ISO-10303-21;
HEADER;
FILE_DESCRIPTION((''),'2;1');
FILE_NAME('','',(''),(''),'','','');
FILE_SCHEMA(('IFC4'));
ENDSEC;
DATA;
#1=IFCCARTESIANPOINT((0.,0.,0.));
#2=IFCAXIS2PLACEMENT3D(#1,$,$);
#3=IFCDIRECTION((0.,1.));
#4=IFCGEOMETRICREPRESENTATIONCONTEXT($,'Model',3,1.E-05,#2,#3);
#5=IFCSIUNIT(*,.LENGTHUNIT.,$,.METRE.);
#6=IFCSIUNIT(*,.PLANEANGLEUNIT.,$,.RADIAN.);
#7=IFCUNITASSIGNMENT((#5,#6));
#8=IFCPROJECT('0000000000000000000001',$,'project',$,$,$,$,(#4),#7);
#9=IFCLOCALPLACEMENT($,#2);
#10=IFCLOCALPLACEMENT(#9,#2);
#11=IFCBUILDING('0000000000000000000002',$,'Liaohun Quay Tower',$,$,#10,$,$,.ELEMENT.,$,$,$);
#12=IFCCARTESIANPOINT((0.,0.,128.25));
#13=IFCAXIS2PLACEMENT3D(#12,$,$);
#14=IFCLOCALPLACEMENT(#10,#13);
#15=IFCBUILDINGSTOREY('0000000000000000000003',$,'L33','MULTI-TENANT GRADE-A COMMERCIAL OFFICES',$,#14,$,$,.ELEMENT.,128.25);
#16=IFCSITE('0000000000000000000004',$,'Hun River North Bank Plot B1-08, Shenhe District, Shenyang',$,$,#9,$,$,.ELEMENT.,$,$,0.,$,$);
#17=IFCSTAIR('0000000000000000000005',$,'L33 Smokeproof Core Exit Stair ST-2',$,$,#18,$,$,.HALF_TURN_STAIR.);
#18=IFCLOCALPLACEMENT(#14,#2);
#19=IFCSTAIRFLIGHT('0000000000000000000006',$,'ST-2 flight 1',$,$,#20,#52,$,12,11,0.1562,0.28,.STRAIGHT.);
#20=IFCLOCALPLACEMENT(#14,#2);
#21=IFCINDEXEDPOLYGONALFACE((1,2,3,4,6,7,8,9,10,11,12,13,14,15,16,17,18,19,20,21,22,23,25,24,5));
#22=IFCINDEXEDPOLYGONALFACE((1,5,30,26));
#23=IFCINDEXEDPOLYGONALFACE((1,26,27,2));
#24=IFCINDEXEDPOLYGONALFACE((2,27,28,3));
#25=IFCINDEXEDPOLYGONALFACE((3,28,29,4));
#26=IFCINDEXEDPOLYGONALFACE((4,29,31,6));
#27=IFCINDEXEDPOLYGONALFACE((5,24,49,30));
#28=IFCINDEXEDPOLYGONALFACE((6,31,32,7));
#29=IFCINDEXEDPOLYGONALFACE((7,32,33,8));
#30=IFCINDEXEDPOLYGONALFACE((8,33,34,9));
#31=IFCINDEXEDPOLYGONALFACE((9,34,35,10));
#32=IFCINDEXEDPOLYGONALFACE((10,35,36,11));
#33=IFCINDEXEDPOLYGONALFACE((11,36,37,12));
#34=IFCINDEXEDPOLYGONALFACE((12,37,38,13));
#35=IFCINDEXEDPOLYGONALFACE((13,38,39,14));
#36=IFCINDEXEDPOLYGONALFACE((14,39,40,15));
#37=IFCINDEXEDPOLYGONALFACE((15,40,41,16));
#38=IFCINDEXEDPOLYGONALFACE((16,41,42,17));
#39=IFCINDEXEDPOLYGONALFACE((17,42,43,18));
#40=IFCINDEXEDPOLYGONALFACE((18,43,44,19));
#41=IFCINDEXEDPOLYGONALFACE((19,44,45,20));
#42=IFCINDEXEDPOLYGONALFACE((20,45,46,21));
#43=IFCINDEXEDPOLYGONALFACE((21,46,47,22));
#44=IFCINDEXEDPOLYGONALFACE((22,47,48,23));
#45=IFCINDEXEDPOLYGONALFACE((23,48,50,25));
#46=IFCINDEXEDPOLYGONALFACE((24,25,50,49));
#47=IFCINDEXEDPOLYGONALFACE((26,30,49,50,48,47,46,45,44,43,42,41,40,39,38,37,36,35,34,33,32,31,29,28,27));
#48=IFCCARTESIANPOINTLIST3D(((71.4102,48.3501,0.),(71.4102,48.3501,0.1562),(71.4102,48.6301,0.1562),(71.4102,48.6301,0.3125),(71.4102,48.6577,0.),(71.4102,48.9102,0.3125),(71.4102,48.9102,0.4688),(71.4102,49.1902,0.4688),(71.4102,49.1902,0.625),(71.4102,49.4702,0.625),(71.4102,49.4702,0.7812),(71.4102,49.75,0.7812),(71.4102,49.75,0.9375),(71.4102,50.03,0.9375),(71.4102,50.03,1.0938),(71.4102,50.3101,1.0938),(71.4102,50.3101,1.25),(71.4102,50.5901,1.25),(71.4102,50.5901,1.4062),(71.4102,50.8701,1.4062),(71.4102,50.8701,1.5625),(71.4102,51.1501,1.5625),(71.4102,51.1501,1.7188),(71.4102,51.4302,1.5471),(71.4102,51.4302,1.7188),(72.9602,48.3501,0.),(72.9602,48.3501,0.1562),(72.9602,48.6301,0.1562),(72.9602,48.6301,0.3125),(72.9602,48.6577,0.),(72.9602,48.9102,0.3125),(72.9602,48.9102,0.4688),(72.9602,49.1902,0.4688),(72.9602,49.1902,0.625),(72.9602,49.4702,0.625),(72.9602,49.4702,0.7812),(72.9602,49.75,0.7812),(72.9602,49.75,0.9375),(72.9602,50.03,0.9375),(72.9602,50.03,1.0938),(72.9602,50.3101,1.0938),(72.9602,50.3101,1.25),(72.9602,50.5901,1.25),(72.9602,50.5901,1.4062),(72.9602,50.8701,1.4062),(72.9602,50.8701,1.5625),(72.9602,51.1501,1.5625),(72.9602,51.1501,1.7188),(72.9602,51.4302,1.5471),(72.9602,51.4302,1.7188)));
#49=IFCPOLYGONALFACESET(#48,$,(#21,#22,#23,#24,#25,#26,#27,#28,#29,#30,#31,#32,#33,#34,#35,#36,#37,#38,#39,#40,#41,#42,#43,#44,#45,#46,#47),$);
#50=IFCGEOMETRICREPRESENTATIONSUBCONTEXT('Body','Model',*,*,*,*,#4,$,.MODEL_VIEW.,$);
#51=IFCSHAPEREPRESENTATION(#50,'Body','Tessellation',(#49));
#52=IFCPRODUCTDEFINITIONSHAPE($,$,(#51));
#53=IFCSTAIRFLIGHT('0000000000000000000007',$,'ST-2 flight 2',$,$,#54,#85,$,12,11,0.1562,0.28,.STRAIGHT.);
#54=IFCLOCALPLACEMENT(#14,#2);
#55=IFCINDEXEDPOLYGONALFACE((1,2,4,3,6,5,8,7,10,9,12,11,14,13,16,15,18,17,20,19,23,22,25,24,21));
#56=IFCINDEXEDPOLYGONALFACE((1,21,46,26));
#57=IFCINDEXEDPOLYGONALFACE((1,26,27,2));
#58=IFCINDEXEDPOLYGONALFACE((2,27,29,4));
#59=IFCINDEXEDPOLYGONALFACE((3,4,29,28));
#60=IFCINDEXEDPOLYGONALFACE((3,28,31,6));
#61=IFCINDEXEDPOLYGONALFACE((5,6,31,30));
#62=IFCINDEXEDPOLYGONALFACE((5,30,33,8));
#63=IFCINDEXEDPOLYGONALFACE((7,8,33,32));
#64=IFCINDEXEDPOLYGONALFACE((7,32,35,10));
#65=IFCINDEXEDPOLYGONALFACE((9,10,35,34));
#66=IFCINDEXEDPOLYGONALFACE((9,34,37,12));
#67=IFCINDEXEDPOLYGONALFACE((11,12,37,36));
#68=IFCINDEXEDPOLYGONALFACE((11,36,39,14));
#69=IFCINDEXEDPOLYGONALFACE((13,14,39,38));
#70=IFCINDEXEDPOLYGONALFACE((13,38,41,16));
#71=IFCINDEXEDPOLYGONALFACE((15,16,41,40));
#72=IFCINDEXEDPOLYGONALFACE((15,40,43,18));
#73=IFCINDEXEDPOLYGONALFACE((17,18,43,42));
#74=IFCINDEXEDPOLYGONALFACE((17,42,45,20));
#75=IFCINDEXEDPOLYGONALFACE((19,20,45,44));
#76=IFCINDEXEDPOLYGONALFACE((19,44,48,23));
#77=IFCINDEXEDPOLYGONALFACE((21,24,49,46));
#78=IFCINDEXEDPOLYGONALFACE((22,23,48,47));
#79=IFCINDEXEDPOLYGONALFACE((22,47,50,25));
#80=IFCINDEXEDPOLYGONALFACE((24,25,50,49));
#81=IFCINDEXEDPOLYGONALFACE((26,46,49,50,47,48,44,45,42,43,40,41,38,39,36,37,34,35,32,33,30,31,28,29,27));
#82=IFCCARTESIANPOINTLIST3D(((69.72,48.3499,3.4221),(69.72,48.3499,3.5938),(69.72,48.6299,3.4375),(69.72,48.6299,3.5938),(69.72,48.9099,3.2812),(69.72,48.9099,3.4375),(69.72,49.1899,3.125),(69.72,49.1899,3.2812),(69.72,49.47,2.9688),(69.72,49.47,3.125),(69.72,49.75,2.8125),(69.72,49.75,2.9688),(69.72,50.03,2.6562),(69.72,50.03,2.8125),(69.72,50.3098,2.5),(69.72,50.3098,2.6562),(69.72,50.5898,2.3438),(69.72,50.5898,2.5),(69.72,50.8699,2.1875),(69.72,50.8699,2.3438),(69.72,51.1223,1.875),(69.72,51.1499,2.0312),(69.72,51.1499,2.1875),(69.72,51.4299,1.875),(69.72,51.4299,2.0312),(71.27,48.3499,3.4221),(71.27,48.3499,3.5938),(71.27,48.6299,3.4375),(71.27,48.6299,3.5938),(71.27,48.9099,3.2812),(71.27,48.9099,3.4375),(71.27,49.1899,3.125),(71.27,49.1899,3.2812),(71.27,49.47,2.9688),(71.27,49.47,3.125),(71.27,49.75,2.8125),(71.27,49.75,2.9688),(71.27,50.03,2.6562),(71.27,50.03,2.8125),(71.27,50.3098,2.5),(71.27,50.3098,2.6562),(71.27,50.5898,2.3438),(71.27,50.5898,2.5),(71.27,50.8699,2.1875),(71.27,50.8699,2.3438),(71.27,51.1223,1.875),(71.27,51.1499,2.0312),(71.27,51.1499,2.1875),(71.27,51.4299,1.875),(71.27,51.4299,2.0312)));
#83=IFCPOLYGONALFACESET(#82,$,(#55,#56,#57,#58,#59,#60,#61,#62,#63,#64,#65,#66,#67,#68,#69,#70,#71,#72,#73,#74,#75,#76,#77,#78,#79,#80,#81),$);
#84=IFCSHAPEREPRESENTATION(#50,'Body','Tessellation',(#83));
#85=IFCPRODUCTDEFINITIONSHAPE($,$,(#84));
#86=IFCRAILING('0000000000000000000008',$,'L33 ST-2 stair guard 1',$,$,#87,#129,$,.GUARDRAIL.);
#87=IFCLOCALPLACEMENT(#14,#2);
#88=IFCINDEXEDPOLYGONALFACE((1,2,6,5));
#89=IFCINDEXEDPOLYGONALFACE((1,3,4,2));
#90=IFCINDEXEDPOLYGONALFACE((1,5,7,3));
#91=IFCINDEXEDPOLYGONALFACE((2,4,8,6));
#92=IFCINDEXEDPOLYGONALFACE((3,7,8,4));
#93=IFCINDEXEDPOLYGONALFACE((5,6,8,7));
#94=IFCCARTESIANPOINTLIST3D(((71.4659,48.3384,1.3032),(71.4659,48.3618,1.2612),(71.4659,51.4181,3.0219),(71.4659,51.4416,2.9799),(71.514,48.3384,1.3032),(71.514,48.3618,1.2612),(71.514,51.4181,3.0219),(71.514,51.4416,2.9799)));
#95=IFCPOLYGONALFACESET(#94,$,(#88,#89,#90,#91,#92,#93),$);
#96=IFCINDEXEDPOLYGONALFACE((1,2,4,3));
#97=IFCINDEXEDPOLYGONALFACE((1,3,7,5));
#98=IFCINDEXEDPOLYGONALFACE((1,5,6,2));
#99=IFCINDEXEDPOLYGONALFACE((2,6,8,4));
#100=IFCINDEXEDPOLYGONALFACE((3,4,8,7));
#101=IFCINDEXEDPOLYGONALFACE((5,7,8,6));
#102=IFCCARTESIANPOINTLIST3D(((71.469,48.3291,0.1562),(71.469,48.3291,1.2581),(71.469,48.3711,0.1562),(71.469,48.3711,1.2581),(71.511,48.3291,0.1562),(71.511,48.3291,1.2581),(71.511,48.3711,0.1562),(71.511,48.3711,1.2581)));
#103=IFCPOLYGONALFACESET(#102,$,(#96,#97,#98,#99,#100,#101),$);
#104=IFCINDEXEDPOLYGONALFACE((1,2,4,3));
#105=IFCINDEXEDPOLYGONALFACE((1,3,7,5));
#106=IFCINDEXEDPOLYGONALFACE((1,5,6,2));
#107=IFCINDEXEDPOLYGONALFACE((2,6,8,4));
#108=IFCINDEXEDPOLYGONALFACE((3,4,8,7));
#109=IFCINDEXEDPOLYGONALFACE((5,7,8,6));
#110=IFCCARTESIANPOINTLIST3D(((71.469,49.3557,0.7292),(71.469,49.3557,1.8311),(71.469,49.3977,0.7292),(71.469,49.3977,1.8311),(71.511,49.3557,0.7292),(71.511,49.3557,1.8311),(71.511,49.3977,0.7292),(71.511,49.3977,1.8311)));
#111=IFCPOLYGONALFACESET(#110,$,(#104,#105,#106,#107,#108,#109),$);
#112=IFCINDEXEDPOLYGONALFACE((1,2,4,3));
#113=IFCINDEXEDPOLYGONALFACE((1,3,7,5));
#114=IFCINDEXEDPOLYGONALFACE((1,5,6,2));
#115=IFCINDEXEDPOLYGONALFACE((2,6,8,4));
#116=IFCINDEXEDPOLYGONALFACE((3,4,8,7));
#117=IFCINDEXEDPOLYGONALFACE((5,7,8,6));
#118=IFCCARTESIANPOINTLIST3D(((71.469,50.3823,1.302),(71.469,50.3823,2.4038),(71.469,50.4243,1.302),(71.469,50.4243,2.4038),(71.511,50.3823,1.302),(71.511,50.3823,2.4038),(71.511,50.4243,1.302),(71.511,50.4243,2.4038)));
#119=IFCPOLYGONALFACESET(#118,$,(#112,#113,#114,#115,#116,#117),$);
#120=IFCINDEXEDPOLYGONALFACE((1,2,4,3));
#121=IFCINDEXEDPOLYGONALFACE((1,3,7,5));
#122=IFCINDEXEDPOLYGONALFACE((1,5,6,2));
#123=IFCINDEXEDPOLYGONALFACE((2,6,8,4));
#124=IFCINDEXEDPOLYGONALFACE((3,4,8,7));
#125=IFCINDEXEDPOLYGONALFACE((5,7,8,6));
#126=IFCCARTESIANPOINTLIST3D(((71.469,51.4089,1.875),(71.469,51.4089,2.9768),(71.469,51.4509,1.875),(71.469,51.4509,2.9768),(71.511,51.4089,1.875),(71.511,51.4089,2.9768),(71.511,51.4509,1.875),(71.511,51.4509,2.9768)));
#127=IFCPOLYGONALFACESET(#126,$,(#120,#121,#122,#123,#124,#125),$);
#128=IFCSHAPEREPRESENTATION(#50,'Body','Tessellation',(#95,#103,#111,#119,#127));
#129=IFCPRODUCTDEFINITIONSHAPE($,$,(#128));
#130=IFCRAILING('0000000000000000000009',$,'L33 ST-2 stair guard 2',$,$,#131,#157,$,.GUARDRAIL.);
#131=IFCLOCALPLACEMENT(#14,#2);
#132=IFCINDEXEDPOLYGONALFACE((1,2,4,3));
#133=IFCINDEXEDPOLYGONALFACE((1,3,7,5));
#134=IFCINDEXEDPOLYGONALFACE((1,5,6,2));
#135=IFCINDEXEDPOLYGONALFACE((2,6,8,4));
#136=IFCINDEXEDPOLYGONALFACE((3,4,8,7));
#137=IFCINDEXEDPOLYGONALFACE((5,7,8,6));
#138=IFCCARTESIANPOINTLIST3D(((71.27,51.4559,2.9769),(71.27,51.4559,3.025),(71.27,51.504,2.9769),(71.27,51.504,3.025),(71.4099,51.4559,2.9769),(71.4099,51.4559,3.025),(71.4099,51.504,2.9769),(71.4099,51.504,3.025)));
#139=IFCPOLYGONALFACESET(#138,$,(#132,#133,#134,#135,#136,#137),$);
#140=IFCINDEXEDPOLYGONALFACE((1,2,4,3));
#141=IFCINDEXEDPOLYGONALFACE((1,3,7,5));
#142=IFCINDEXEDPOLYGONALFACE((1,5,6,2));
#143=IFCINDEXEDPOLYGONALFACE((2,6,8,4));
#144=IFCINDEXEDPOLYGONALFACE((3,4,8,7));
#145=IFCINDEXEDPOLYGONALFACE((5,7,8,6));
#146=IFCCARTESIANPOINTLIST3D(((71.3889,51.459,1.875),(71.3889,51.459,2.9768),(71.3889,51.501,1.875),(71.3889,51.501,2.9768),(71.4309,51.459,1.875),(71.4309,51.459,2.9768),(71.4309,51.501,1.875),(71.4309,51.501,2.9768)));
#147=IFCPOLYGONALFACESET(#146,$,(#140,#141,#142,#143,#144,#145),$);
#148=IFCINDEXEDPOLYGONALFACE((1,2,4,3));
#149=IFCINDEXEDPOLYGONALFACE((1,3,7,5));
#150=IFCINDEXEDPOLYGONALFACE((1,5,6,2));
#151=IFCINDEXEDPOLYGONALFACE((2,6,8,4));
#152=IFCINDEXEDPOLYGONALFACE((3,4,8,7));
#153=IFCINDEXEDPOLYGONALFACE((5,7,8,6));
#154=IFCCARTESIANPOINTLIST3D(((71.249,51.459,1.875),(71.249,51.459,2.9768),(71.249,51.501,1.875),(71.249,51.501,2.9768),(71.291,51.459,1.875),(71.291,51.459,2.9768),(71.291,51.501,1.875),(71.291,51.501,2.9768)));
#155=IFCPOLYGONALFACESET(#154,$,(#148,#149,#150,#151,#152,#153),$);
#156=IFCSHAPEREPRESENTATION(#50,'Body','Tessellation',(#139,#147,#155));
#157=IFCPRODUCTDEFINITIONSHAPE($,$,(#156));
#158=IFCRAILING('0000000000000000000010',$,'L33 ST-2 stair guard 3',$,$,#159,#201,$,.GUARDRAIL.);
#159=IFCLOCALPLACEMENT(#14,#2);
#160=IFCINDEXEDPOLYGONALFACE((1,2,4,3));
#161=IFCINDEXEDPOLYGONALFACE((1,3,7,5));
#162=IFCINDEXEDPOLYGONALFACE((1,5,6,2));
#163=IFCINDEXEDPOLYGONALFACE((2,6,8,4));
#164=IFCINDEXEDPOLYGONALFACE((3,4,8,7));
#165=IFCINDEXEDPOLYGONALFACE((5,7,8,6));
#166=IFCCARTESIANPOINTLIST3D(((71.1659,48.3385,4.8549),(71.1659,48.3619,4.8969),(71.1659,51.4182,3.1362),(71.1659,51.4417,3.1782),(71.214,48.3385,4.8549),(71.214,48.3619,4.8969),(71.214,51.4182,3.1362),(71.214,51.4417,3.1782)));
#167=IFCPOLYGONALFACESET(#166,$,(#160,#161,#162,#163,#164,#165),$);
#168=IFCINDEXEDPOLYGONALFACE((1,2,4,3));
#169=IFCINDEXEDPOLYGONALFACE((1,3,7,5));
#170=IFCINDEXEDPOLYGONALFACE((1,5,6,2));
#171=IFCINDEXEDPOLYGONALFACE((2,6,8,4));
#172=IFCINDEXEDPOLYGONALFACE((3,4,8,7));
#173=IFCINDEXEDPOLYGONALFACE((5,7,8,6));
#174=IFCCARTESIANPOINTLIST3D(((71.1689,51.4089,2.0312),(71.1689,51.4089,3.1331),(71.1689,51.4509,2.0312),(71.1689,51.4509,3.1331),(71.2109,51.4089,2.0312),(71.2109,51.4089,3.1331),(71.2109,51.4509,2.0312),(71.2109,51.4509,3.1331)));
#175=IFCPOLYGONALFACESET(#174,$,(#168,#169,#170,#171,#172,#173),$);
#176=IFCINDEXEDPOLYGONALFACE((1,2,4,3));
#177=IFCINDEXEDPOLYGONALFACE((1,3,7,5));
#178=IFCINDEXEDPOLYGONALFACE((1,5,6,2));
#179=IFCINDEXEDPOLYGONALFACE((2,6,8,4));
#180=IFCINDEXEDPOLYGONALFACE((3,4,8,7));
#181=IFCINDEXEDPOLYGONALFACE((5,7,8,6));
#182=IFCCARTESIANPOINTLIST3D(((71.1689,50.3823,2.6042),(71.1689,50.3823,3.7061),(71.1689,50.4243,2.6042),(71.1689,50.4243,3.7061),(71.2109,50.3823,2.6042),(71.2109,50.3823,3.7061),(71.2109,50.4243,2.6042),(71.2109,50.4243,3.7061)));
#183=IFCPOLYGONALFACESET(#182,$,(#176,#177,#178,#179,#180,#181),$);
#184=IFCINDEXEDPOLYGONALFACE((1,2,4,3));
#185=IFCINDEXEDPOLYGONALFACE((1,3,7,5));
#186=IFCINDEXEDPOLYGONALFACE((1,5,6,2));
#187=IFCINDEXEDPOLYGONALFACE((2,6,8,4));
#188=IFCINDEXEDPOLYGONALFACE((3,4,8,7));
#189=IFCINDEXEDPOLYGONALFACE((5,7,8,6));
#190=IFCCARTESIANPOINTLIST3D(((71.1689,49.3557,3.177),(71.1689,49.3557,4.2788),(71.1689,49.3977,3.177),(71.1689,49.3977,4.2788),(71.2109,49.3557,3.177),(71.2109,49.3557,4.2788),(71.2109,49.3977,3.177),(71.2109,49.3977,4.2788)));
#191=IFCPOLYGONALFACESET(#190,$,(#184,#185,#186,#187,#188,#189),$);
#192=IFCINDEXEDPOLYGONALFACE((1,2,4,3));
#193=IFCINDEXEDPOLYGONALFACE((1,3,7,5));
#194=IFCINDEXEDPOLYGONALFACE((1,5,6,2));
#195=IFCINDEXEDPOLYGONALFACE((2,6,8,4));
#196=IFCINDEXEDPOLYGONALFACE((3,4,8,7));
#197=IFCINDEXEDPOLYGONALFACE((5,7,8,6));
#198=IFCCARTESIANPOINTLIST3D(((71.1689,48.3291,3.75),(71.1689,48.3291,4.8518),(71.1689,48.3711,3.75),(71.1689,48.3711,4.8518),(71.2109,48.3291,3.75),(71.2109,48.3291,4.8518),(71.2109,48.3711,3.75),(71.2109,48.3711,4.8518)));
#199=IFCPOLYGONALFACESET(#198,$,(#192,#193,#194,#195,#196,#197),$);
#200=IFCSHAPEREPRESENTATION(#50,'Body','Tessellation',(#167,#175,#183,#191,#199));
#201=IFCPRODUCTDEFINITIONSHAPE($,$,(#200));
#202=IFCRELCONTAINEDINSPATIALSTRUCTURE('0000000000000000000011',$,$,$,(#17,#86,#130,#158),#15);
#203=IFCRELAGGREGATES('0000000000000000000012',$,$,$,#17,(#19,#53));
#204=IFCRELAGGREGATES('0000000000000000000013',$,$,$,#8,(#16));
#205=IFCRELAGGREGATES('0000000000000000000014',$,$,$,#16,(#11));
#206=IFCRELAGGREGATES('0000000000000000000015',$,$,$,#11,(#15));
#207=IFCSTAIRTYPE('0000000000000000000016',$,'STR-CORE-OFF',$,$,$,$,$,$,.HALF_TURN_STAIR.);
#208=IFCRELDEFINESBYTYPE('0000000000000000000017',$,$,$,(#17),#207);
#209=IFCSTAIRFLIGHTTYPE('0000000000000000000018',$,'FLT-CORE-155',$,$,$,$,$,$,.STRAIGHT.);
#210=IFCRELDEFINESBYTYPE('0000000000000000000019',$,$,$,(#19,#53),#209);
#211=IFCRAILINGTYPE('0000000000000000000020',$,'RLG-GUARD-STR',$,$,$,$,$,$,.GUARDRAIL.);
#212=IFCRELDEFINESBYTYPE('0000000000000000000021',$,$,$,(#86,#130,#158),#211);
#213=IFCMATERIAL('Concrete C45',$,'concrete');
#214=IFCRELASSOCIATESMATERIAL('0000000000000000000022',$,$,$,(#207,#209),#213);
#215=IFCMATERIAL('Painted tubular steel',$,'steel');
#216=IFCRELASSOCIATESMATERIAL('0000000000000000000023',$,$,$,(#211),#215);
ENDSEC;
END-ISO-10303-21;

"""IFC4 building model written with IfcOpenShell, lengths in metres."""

from ifc_helpers import new_model, si_unit, direction, frame, origin, origin_2d, place, context, subcontext, project, spatial, polyline, rectangle, outline, extrude, material, type_object, element, aggregate, save


model = new_model("IFC4")

# Units and contexts
model_context = context("Model", 3, precision=1e-05, world=origin(), true_north=direction((0.0, 1.0)))
body_context = subcontext(model_context, "Body", "Model", "MODEL_VIEW")
ifc_project = project(units=[si_unit("LENGTHUNIT", "METRE"), si_unit("PLANEANGLEUNIT", "RADIAN")], contexts=[model_context])

# Site, building, storey
site_placement = place(None, origin())
site = spatial("IfcSite", under=ifc_project, at=site_placement, Name="Hun River North Bank Plot B1-08, Shenhe District, Shenyang", CompositionType="ELEMENT", RefElevation=0.0)
building_placement = place(site_placement, origin())
building = spatial("IfcBuilding", under=site, at=building_placement, Name="Liaohun Quay Tower", CompositionType="ELEMENT")
storey_placement = place(building_placement, frame((0.0, 0.0, 128.25)))
storey = spatial("IfcBuildingStorey", under=building, at=storey_placement, Name="L33", Description="MULTI-TENANT GRADE-A COMMERCIAL OFFICES", CompositionType="ELEMENT", Elevation=128.25)

# Stair, stair flights
ifc_material_1 = material(Name="Concrete C45", Category="concrete")
stair_type = type_object("IfcStairType", Name="STR-CORE-OFF", PredefinedType="HALF_TURN_STAIR", material=ifc_material_1)
stair_placement = place(storey_placement, origin())
stair = element("IfcStair", 1, at=stair_placement, inside=storey, type_object=stair_type, Name="L33 Smokeproof Core Exit Stair ST-2", PredefinedType="HALF_TURN_STAIR")
stair_flight_type = type_object("IfcStairFlightType", Name="FLT-CORE-155", PredefinedType="STRAIGHT", material=ifc_material_1)
stair_flight_1_placement = place(storey_placement, frame((72.1851, 48.3501, 0.0), z_axis=(0.0, 0.0, 1.0), x_axis=(0.0, 1.0, 0.0)))
stair_flight_1 = element("IfcStairFlight", 2, at=stair_flight_1_placement, type_object=stair_flight_type, Name="ST-2 flight 1", NumberOfRisers=12, NumberOfTreads=11, PredefinedType="STRAIGHT", RiserHeight=0.1562, TreadLength=0.28, context=body_context, shape_type="SweptSolid", body=[
    extrude(outline(polyline([(0.0, 0.0), (0.0, 0.1562), (0.28, 0.1562), (0.28, 0.3125), (0.5601, 0.3125), (0.5601, 0.4688), (0.8401, 0.4688), (0.8401, 0.625), (1.1201, 0.625), (1.1201, 0.7812), (1.3999, 0.7812), (1.3999, 0.9375), (1.6799, 0.9375), (1.6799, 1.0938), (1.96, 1.0938), (1.96, 1.25), (2.24, 1.25), (2.24, 1.4062), (2.52, 1.4062), (2.52, 1.5625), (2.8, 1.5625), (2.8, 1.7188), (3.0801, 1.7188), (3.0801, 1.875), (3.0801, 1.5471), (0.3076, 0.0), (0.0, 0.0)])), frame((0.0, 0.7749, 0.0), z_axis=(0.0, -1.0, 0.0), x_axis=(1.0, 0.0, 0.0)), (0.0, 0.0, 1.0), 1.55),
])
stair_flight_2_placement = place(storey_placement, frame((70.4951, 51.4299, 1.875), z_axis=(0.0, 0.0, 1.0), x_axis=(0.0, -1.0, 0.0)))
stair_flight_2 = element("IfcStairFlight", 3, at=stair_flight_2_placement, type_object=stair_flight_type, Name="ST-2 flight 2", NumberOfRisers=12, NumberOfTreads=11, PredefinedType="STRAIGHT", RiserHeight=0.1562, TreadLength=0.28, context=body_context, shape_type="SweptSolid", body=[
    extrude(outline(polyline([(0.0, 0.0), (0.0, 0.1562), (0.28, 0.1562), (0.28, 0.3125), (0.5601, 0.3125), (0.5601, 0.4688), (0.8401, 0.4688), (0.8401, 0.625), (1.1201, 0.625), (1.1201, 0.7812), (1.3999, 0.7812), (1.3999, 0.9375), (1.6799, 0.9375), (1.6799, 1.0938), (1.96, 1.0938), (1.96, 1.25), (2.24, 1.25), (2.24, 1.4062), (2.52, 1.4062), (2.52, 1.5625), (2.8, 1.5625), (2.8, 1.7188), (3.0801, 1.7188), (3.0801, 1.875), (3.0801, 1.5471), (0.3076, 0.0), (0.0, 0.0)])), frame((0.0, 0.7749, 0.0), z_axis=(0.0, -1.0, 0.0), x_axis=(1.0, 0.0, 0.0)), (0.0, 0.0, 1.0), 1.55),
])
aggregate(stair, [stair_flight_1, stair_flight_2])

# Railings
ifc_material_2 = material(Name="Painted tubular steel", Category="steel")
railing_type_1 = type_object("IfcRailingType", Name="RLG-GUARD-STR", PredefinedType="GUARDRAIL", material=ifc_material_2)
railing_1_placement = place(storey_placement, frame((71.49, 48.3501, 0.1562)))
element("IfcRailing", 4, at=railing_1_placement, inside=storey, type_object=railing_type_1, Name="L33 ST-2 stair guard 1", PredefinedType="GUARDRAIL", context=body_context, shape_type="SweptSolid", body=[
    extrude(rectangle(XDim=0.0481, YDim=0.0481, at=origin_2d()), frame((0.0, 0.0, 1.126), z_axis=(0.0, 0.873225, 0.487317), x_axis=(-1.0, 0.0, 0.0)), (0.0, 0.0, 1.0), 3.5269),
    extrude(rectangle(XDim=0.042, YDim=0.042, at=origin_2d()), origin(), (0.0, 0.0, 1.0), 1.1018),
    extrude(rectangle(XDim=0.042, YDim=0.042, at=origin_2d()), frame((0.0, 1.0266, 0.573)), (0.0, 0.0, 1.0), 1.1018),
    extrude(rectangle(XDim=0.042, YDim=0.042, at=origin_2d()), frame((0.0, 2.0532, 1.1458)), (0.0, 0.0, 1.0), 1.1018),
    extrude(rectangle(XDim=0.042, YDim=0.042, at=origin_2d()), frame((0.0, 3.0798, 1.7188)), (0.0, 0.0, 1.0), 1.1018),
])
railing_2_placement = place(storey_placement, frame((71.4099, 51.48, 1.875)))
element("IfcRailing", 5, at=railing_2_placement, inside=storey, type_object=railing_type_1, Name="L33 ST-2 stair guard 2", PredefinedType="GUARDRAIL", context=body_context, shape_type="SweptSolid", body=[
    extrude(rectangle(XDim=0.0481, YDim=0.0481, at=origin_2d()), frame((0.0, 0.0, 1.126), z_axis=(-1.0, 0.0, 0.0), x_axis=(0.0, -1.0, 0.0)), (0.0, 0.0, 1.0), 0.1399),
    extrude(rectangle(XDim=0.042, YDim=0.042, at=origin_2d()), origin(), (0.0, 0.0, 1.0), 1.1018),
    extrude(rectangle(XDim=0.042, YDim=0.042, at=origin_2d()), frame((-0.1399, 0.0, 0.0)), (0.0, 0.0, 1.0), 1.1018),
])
railing_3_placement = place(storey_placement, frame((71.1899, 51.4299, 2.0312)))
element("IfcRailing", 6, at=railing_3_placement, inside=storey, type_object=railing_type_1, Name="L33 ST-2 stair guard 3", PredefinedType="GUARDRAIL", context=body_context, shape_type="SweptSolid", body=[
    extrude(rectangle(XDim=0.0481, YDim=0.0481, at=origin_2d()), frame((0.0, 0.0, 1.126), z_axis=(0.0, -0.873225, 0.487317), x_axis=(1.0, 0.0, 0.0)), (0.0, 0.0, 1.0), 3.5269),
    extrude(rectangle(XDim=0.042, YDim=0.042, at=origin_2d()), origin(), (0.0, 0.0, 1.0), 1.1018),
    extrude(rectangle(XDim=0.042, YDim=0.042, at=origin_2d()), frame((0.0, -1.0266, 0.573)), (0.0, 0.0, 1.0), 1.1018),
    extrude(rectangle(XDim=0.042, YDim=0.042, at=origin_2d()), frame((0.0, -2.0532, 1.1458)), (0.0, 0.0, 1.0), 1.1018),
    extrude(rectangle(XDim=0.042, YDim=0.042, at=origin_2d()), frame((0.0, -3.0798, 1.7188)), (0.0, 0.0, 1.0), 1.1018),
])

save(model, "model.ifc")
